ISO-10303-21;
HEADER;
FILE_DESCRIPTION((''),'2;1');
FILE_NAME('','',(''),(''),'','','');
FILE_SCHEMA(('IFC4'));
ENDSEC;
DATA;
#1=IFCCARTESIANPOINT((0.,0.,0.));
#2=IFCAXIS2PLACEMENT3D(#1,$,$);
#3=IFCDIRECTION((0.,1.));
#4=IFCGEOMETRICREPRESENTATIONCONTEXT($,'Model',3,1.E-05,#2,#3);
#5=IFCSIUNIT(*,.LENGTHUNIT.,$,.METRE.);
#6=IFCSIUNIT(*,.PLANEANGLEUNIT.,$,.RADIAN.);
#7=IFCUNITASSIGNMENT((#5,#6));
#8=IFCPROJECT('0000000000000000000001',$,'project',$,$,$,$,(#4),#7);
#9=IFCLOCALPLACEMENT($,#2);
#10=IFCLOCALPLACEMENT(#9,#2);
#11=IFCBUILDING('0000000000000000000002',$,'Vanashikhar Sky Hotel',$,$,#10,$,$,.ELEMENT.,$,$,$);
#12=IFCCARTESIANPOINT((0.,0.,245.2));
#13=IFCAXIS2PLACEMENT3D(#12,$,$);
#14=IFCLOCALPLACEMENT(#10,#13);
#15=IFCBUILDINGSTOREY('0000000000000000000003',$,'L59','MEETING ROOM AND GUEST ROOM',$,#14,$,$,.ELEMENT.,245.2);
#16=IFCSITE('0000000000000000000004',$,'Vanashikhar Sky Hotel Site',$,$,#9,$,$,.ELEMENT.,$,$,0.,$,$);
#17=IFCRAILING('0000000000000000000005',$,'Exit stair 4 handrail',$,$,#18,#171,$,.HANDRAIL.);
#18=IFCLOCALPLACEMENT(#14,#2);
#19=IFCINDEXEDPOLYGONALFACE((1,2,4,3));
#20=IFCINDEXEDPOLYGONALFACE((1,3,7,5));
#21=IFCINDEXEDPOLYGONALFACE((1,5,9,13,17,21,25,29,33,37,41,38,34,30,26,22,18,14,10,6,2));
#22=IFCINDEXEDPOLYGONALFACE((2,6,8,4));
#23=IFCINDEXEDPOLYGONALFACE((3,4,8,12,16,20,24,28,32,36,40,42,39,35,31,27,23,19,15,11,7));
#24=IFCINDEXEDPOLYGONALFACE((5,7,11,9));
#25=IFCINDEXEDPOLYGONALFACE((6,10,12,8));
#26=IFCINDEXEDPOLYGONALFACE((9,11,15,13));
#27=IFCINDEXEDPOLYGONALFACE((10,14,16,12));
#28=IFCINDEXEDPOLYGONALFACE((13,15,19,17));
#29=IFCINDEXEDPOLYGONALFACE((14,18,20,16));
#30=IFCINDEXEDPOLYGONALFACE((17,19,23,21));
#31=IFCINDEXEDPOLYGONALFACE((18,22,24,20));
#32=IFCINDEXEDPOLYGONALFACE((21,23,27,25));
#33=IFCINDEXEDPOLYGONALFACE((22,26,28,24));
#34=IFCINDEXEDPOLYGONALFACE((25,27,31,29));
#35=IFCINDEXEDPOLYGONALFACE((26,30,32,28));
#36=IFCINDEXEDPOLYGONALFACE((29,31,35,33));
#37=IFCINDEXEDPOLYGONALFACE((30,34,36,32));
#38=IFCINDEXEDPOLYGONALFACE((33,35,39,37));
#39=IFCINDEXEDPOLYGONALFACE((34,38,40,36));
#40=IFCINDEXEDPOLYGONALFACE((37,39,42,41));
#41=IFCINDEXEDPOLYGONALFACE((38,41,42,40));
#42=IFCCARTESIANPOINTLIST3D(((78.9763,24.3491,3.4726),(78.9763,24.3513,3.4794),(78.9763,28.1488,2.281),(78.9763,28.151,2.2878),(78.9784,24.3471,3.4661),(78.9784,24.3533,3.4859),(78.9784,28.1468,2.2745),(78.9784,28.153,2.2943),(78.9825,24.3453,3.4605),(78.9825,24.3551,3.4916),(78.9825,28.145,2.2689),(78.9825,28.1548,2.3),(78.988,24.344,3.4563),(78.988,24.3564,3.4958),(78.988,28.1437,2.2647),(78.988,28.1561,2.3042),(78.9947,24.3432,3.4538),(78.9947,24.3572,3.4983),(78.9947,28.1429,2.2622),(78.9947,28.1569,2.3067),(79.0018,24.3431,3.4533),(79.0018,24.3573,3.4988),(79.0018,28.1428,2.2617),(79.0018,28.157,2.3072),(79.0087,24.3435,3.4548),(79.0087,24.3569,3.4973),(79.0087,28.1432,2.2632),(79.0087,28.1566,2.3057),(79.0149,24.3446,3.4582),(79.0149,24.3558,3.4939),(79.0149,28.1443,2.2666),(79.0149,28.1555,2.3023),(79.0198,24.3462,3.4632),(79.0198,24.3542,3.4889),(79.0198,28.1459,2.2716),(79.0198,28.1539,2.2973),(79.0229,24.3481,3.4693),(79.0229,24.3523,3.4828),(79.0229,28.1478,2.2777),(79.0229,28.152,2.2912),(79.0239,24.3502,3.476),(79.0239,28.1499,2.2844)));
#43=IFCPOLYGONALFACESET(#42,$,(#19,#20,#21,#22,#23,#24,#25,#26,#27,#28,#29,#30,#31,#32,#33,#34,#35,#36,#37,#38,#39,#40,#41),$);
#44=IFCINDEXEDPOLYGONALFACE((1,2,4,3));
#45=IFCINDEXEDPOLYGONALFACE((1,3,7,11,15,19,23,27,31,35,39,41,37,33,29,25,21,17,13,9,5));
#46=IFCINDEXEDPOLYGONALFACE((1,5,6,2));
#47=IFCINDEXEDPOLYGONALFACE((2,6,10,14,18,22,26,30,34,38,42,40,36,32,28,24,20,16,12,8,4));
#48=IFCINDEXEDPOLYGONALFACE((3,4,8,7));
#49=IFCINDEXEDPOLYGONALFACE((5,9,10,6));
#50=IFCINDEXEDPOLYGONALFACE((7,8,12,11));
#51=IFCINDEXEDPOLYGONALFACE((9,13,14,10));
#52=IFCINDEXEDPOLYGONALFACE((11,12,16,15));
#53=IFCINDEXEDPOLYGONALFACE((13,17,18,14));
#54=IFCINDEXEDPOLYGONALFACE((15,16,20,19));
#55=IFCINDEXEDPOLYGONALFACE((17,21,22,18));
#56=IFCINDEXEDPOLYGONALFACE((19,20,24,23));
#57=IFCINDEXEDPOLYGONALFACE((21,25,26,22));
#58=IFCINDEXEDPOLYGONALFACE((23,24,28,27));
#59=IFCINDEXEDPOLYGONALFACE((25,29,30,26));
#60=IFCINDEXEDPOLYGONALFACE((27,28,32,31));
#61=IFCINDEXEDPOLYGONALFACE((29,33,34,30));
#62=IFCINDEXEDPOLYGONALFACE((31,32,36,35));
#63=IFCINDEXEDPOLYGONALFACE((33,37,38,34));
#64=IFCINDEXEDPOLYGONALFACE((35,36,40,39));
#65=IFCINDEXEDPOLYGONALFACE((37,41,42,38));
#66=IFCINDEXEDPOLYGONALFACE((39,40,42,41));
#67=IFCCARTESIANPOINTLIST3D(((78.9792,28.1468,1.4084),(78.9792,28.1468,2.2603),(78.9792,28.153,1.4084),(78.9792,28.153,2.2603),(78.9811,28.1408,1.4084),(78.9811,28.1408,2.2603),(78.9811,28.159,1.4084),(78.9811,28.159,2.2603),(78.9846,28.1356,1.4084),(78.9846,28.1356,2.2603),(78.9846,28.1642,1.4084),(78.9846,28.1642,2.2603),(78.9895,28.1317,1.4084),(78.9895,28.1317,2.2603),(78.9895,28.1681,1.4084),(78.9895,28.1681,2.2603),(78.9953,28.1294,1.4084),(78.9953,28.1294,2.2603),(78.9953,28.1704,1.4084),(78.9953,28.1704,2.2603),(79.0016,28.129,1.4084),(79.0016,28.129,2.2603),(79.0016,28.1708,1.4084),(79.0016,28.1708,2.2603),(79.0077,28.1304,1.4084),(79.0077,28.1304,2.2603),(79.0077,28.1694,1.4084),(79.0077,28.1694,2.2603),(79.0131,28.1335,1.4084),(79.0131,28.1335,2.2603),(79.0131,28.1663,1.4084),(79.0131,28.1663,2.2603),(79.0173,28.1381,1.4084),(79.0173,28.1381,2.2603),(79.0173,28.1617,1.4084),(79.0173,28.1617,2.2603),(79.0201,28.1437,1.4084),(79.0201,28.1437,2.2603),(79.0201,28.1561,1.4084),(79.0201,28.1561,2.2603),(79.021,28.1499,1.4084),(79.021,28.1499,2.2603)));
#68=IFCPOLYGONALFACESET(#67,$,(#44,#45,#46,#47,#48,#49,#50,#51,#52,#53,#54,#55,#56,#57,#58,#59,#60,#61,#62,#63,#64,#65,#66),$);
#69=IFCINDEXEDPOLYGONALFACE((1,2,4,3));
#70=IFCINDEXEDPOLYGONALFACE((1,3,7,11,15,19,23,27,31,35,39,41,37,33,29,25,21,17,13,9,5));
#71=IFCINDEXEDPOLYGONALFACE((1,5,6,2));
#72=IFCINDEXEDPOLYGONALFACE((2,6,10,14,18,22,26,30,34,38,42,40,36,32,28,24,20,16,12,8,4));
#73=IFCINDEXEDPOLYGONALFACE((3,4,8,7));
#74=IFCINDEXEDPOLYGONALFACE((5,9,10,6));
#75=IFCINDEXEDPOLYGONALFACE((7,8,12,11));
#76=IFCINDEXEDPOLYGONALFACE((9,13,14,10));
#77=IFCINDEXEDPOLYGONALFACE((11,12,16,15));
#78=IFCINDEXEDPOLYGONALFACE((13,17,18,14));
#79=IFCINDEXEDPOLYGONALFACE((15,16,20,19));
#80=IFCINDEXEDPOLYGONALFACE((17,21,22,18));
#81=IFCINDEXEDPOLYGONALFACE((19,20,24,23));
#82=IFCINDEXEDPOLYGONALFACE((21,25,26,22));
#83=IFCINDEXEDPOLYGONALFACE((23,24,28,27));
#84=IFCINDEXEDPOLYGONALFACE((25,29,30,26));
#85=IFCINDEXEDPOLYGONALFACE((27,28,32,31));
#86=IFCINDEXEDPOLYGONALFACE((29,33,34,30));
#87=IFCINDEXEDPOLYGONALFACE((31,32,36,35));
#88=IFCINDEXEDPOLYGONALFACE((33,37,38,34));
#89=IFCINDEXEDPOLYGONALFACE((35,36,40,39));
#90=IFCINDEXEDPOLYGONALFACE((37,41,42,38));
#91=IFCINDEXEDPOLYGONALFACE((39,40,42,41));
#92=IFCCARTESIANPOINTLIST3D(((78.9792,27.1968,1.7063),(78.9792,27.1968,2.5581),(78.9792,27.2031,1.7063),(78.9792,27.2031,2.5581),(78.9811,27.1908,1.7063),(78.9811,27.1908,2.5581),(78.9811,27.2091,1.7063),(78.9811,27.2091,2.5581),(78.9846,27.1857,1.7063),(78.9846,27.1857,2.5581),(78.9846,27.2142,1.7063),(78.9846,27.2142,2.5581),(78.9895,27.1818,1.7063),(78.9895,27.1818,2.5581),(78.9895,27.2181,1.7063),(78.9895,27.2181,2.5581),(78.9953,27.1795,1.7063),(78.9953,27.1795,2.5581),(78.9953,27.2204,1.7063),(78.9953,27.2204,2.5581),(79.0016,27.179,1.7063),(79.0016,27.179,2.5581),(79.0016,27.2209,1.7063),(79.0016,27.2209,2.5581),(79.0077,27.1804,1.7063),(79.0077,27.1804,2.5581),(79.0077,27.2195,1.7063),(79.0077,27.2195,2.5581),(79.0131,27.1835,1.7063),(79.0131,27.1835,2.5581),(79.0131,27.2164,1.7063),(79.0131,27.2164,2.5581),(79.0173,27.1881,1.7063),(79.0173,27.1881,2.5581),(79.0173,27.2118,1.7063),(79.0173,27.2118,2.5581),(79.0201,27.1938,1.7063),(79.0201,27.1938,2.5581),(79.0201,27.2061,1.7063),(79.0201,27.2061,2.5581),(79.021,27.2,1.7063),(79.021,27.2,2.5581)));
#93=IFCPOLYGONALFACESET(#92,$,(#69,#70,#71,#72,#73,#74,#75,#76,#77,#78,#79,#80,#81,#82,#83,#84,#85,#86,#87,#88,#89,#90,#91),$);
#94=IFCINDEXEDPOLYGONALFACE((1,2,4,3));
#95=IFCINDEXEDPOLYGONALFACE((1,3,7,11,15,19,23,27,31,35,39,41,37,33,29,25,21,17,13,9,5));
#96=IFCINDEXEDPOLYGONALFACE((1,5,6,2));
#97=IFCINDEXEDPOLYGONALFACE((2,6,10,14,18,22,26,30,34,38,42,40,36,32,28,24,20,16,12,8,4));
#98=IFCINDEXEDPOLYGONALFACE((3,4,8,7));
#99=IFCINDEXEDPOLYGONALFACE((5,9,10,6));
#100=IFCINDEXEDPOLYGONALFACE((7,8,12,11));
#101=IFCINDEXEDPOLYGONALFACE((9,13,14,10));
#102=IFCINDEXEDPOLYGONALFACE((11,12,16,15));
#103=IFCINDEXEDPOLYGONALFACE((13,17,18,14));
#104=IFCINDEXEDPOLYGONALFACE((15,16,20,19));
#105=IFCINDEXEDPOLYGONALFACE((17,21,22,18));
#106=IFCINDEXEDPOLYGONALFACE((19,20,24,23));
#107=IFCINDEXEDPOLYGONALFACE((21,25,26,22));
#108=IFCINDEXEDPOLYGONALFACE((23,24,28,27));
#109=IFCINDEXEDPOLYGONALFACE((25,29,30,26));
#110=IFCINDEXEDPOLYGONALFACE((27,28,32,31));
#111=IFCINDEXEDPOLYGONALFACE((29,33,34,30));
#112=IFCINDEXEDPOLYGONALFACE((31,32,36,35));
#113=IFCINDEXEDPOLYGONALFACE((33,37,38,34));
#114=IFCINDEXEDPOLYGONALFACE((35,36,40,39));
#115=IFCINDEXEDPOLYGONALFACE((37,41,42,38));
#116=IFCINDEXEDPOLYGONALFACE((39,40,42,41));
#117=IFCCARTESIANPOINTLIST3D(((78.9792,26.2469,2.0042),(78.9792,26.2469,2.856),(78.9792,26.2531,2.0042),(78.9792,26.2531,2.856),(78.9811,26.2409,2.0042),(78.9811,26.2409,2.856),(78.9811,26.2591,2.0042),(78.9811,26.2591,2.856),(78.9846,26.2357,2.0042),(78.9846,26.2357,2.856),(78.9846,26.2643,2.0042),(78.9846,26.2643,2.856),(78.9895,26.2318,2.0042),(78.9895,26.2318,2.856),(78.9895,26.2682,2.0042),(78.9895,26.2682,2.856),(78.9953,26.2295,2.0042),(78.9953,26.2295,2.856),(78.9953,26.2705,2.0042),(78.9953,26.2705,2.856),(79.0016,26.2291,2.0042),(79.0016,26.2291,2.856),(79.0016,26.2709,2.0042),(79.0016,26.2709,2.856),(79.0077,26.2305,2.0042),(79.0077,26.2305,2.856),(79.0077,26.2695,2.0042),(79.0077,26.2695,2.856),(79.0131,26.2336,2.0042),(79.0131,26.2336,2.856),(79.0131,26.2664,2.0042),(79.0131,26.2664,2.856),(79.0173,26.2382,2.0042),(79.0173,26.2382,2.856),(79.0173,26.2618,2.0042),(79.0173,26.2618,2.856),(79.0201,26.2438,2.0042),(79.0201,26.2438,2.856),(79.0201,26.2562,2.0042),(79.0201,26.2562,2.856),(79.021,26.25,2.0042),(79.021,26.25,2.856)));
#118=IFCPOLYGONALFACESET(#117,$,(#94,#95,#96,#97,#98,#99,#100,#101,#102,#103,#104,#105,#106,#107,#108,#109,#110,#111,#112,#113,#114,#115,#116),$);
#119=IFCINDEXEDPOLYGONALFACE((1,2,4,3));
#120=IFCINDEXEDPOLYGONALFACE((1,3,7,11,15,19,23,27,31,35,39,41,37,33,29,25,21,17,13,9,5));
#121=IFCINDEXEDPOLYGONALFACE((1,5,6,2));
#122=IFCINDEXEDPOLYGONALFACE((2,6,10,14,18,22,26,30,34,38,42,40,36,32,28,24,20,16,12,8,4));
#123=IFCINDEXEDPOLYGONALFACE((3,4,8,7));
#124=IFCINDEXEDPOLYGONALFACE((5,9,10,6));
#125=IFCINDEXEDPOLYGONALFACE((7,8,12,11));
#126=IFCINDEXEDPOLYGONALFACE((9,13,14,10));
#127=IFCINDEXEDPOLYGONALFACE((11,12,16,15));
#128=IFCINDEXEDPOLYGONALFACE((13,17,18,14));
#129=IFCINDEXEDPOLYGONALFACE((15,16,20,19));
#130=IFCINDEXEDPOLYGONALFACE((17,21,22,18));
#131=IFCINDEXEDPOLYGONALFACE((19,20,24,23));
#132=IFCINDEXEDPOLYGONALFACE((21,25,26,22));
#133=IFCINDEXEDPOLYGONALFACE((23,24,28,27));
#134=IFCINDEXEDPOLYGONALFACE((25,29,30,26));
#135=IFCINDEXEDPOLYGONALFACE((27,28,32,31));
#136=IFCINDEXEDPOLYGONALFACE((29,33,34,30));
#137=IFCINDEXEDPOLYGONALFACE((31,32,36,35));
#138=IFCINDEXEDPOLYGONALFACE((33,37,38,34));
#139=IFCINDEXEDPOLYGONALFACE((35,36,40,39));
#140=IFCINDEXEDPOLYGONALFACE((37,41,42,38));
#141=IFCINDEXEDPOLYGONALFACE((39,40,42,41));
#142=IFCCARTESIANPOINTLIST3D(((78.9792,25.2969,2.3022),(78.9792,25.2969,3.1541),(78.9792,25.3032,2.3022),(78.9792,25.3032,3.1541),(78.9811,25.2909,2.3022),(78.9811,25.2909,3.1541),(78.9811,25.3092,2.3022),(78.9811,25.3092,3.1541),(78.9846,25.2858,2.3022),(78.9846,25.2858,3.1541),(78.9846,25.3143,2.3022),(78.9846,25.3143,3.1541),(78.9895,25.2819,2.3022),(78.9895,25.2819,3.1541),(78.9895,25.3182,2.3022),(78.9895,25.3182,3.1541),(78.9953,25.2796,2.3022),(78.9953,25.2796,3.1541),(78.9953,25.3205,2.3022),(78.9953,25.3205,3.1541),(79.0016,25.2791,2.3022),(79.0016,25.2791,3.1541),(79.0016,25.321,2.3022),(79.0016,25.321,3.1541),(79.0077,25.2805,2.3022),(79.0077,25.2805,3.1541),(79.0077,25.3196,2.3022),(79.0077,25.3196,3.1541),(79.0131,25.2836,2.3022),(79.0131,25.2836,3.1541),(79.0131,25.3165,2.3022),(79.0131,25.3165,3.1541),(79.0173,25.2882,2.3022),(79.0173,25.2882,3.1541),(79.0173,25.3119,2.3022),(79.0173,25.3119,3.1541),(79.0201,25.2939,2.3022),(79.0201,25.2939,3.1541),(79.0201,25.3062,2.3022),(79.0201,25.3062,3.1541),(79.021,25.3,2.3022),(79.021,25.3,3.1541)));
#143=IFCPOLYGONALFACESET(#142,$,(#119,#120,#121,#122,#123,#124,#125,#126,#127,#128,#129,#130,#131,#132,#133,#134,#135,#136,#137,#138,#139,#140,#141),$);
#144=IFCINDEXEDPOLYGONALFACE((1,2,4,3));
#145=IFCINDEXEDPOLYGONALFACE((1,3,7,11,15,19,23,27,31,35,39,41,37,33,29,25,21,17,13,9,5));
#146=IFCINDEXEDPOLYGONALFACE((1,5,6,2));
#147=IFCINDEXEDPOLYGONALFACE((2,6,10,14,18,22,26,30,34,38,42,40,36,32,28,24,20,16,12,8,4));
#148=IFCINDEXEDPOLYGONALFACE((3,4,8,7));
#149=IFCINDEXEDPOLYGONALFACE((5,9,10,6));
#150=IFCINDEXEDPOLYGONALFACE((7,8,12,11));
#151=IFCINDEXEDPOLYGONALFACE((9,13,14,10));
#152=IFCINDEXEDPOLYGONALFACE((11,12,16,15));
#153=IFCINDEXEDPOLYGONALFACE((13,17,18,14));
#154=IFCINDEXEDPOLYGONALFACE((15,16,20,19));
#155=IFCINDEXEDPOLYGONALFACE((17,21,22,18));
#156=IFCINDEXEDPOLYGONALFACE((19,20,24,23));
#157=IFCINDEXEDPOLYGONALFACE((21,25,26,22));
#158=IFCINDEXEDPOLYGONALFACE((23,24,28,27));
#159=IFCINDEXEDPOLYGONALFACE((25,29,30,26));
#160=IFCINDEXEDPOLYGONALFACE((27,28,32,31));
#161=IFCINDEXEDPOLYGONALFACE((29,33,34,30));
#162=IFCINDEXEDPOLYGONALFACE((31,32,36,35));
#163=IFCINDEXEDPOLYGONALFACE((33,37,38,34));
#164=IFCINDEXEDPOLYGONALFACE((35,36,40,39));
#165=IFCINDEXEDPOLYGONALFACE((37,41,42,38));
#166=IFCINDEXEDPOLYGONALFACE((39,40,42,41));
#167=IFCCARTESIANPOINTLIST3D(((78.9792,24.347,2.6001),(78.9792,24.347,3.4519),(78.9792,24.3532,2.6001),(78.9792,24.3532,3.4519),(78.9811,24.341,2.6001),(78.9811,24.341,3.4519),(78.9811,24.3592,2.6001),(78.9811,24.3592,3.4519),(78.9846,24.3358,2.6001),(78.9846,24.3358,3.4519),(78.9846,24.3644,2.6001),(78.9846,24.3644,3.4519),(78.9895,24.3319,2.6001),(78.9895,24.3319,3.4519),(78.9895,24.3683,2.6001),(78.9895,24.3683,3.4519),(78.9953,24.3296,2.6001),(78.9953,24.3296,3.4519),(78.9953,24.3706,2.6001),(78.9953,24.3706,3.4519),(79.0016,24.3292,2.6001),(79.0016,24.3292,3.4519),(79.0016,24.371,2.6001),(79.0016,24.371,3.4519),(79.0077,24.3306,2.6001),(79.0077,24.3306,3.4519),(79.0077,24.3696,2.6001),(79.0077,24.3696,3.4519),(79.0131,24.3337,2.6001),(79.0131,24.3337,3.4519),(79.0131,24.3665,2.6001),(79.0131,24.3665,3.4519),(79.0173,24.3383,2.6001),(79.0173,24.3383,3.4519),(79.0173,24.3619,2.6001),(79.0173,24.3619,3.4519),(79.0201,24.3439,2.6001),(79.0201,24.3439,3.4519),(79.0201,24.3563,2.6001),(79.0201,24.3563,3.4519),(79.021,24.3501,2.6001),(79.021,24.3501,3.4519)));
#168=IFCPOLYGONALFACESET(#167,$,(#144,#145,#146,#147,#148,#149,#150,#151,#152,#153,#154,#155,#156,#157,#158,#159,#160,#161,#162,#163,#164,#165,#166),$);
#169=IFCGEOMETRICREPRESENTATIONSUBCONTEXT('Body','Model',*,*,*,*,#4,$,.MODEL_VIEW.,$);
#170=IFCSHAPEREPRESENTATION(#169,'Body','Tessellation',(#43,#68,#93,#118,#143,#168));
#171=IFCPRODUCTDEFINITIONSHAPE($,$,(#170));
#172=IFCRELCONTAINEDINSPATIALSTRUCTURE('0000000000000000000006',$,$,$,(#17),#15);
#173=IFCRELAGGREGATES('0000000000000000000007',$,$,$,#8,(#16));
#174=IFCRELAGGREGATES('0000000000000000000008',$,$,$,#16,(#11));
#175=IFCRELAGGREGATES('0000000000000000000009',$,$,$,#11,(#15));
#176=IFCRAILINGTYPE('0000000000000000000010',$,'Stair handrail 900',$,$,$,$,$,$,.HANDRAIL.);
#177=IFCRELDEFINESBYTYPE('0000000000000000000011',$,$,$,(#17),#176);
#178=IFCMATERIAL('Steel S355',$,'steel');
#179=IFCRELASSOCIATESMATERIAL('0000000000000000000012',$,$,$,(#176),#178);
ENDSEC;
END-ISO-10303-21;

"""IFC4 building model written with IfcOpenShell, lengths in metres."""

from ifc_helpers import new_model, si_unit, direction, frame, origin, origin_2d, place, context, subcontext, project, spatial, circle, extrude, source, transform, mapped, material, type_object, element, save


model = new_model("IFC4")

# Units and contexts
model_context = context("Model", 3, precision=1e-05, world=origin(), true_north=direction((0.0, 1.0)))
body_context = subcontext(model_context, "Body", "Model", "MODEL_VIEW")
ifc_project = project(units=[si_unit("LENGTHUNIT", "METRE"), si_unit("PLANEANGLEUNIT", "RADIAN")], contexts=[model_context])

# Site, building, storey
site_placement = place(None, origin())
site = spatial("IfcSite", under=ifc_project, at=site_placement, Name="Vanashikhar Sky Hotel Site", CompositionType="ELEMENT", RefElevation=0.0)
building_placement = place(site_placement, origin())
building = spatial("IfcBuilding", under=site, at=building_placement, Name="Vanashikhar Sky Hotel", CompositionType="ELEMENT")
storey_placement = place(building_placement, frame((0.0, 0.0, 245.2)))
storey = spatial("IfcBuildingStorey", under=building, at=storey_placement, Name="L59", Description="MEETING ROOM AND GUEST ROOM", CompositionType="ELEMENT", Elevation=245.2)

# Railing
ifc_material_1 = material(Name="Steel S355", Category="steel")
railing_type_1 = type_object("IfcRailingType", Name="Stair handrail 900", PredefinedType="HANDRAIL", material=ifc_material_1)
shared_shape_1 = source(origin(), body_context, "Body", "SweptSolid", [
    extrude(circle(Radius=0.0239, at=origin_2d()), frame((0.0, 0.0, 0.876), z_axis=(0.0, -0.954178, 0.299238), x_axis=(1.0, 0.0, 0.0)), (0.0, 0.0, 1.0), 3.9822),
    extrude(circle(Radius=0.021, at=origin_2d()), origin(), (0.0, 0.0, 1.0), 0.8518),
    extrude(circle(Radius=0.021, at=origin_2d()), frame((0.0, -0.95, 0.2979)), (0.0, 0.0, 1.0), 0.8518),
    extrude(circle(Radius=0.021, at=origin_2d()), frame((0.0, -1.8999, 0.5957)), (0.0, 0.0, 1.0), 0.8518),
    extrude(circle(Radius=0.021, at=origin_2d()), frame((0.0, -2.8499, 0.8938)), (0.0, 0.0, 1.0), 0.8518),
    extrude(circle(Radius=0.021, at=origin_2d()), frame((0.0, -3.7998, 1.1917)), (0.0, 0.0, 1.0), 0.8518),
])
railing_1_placement = place(storey_placement, frame((79.0, 28.1499, 1.4084)))
element("IfcRailing", 1, at=railing_1_placement, inside=storey, type_object=railing_type_1, Name="Exit stair 4 handrail", PredefinedType="HANDRAIL", context=body_context, shape_type="MappedRepresentation", body=[
    mapped(shared_shape_1, transform((0.0, 0.0, 0.0), scale=1.0)),
])

save(model, "model.ifc")
